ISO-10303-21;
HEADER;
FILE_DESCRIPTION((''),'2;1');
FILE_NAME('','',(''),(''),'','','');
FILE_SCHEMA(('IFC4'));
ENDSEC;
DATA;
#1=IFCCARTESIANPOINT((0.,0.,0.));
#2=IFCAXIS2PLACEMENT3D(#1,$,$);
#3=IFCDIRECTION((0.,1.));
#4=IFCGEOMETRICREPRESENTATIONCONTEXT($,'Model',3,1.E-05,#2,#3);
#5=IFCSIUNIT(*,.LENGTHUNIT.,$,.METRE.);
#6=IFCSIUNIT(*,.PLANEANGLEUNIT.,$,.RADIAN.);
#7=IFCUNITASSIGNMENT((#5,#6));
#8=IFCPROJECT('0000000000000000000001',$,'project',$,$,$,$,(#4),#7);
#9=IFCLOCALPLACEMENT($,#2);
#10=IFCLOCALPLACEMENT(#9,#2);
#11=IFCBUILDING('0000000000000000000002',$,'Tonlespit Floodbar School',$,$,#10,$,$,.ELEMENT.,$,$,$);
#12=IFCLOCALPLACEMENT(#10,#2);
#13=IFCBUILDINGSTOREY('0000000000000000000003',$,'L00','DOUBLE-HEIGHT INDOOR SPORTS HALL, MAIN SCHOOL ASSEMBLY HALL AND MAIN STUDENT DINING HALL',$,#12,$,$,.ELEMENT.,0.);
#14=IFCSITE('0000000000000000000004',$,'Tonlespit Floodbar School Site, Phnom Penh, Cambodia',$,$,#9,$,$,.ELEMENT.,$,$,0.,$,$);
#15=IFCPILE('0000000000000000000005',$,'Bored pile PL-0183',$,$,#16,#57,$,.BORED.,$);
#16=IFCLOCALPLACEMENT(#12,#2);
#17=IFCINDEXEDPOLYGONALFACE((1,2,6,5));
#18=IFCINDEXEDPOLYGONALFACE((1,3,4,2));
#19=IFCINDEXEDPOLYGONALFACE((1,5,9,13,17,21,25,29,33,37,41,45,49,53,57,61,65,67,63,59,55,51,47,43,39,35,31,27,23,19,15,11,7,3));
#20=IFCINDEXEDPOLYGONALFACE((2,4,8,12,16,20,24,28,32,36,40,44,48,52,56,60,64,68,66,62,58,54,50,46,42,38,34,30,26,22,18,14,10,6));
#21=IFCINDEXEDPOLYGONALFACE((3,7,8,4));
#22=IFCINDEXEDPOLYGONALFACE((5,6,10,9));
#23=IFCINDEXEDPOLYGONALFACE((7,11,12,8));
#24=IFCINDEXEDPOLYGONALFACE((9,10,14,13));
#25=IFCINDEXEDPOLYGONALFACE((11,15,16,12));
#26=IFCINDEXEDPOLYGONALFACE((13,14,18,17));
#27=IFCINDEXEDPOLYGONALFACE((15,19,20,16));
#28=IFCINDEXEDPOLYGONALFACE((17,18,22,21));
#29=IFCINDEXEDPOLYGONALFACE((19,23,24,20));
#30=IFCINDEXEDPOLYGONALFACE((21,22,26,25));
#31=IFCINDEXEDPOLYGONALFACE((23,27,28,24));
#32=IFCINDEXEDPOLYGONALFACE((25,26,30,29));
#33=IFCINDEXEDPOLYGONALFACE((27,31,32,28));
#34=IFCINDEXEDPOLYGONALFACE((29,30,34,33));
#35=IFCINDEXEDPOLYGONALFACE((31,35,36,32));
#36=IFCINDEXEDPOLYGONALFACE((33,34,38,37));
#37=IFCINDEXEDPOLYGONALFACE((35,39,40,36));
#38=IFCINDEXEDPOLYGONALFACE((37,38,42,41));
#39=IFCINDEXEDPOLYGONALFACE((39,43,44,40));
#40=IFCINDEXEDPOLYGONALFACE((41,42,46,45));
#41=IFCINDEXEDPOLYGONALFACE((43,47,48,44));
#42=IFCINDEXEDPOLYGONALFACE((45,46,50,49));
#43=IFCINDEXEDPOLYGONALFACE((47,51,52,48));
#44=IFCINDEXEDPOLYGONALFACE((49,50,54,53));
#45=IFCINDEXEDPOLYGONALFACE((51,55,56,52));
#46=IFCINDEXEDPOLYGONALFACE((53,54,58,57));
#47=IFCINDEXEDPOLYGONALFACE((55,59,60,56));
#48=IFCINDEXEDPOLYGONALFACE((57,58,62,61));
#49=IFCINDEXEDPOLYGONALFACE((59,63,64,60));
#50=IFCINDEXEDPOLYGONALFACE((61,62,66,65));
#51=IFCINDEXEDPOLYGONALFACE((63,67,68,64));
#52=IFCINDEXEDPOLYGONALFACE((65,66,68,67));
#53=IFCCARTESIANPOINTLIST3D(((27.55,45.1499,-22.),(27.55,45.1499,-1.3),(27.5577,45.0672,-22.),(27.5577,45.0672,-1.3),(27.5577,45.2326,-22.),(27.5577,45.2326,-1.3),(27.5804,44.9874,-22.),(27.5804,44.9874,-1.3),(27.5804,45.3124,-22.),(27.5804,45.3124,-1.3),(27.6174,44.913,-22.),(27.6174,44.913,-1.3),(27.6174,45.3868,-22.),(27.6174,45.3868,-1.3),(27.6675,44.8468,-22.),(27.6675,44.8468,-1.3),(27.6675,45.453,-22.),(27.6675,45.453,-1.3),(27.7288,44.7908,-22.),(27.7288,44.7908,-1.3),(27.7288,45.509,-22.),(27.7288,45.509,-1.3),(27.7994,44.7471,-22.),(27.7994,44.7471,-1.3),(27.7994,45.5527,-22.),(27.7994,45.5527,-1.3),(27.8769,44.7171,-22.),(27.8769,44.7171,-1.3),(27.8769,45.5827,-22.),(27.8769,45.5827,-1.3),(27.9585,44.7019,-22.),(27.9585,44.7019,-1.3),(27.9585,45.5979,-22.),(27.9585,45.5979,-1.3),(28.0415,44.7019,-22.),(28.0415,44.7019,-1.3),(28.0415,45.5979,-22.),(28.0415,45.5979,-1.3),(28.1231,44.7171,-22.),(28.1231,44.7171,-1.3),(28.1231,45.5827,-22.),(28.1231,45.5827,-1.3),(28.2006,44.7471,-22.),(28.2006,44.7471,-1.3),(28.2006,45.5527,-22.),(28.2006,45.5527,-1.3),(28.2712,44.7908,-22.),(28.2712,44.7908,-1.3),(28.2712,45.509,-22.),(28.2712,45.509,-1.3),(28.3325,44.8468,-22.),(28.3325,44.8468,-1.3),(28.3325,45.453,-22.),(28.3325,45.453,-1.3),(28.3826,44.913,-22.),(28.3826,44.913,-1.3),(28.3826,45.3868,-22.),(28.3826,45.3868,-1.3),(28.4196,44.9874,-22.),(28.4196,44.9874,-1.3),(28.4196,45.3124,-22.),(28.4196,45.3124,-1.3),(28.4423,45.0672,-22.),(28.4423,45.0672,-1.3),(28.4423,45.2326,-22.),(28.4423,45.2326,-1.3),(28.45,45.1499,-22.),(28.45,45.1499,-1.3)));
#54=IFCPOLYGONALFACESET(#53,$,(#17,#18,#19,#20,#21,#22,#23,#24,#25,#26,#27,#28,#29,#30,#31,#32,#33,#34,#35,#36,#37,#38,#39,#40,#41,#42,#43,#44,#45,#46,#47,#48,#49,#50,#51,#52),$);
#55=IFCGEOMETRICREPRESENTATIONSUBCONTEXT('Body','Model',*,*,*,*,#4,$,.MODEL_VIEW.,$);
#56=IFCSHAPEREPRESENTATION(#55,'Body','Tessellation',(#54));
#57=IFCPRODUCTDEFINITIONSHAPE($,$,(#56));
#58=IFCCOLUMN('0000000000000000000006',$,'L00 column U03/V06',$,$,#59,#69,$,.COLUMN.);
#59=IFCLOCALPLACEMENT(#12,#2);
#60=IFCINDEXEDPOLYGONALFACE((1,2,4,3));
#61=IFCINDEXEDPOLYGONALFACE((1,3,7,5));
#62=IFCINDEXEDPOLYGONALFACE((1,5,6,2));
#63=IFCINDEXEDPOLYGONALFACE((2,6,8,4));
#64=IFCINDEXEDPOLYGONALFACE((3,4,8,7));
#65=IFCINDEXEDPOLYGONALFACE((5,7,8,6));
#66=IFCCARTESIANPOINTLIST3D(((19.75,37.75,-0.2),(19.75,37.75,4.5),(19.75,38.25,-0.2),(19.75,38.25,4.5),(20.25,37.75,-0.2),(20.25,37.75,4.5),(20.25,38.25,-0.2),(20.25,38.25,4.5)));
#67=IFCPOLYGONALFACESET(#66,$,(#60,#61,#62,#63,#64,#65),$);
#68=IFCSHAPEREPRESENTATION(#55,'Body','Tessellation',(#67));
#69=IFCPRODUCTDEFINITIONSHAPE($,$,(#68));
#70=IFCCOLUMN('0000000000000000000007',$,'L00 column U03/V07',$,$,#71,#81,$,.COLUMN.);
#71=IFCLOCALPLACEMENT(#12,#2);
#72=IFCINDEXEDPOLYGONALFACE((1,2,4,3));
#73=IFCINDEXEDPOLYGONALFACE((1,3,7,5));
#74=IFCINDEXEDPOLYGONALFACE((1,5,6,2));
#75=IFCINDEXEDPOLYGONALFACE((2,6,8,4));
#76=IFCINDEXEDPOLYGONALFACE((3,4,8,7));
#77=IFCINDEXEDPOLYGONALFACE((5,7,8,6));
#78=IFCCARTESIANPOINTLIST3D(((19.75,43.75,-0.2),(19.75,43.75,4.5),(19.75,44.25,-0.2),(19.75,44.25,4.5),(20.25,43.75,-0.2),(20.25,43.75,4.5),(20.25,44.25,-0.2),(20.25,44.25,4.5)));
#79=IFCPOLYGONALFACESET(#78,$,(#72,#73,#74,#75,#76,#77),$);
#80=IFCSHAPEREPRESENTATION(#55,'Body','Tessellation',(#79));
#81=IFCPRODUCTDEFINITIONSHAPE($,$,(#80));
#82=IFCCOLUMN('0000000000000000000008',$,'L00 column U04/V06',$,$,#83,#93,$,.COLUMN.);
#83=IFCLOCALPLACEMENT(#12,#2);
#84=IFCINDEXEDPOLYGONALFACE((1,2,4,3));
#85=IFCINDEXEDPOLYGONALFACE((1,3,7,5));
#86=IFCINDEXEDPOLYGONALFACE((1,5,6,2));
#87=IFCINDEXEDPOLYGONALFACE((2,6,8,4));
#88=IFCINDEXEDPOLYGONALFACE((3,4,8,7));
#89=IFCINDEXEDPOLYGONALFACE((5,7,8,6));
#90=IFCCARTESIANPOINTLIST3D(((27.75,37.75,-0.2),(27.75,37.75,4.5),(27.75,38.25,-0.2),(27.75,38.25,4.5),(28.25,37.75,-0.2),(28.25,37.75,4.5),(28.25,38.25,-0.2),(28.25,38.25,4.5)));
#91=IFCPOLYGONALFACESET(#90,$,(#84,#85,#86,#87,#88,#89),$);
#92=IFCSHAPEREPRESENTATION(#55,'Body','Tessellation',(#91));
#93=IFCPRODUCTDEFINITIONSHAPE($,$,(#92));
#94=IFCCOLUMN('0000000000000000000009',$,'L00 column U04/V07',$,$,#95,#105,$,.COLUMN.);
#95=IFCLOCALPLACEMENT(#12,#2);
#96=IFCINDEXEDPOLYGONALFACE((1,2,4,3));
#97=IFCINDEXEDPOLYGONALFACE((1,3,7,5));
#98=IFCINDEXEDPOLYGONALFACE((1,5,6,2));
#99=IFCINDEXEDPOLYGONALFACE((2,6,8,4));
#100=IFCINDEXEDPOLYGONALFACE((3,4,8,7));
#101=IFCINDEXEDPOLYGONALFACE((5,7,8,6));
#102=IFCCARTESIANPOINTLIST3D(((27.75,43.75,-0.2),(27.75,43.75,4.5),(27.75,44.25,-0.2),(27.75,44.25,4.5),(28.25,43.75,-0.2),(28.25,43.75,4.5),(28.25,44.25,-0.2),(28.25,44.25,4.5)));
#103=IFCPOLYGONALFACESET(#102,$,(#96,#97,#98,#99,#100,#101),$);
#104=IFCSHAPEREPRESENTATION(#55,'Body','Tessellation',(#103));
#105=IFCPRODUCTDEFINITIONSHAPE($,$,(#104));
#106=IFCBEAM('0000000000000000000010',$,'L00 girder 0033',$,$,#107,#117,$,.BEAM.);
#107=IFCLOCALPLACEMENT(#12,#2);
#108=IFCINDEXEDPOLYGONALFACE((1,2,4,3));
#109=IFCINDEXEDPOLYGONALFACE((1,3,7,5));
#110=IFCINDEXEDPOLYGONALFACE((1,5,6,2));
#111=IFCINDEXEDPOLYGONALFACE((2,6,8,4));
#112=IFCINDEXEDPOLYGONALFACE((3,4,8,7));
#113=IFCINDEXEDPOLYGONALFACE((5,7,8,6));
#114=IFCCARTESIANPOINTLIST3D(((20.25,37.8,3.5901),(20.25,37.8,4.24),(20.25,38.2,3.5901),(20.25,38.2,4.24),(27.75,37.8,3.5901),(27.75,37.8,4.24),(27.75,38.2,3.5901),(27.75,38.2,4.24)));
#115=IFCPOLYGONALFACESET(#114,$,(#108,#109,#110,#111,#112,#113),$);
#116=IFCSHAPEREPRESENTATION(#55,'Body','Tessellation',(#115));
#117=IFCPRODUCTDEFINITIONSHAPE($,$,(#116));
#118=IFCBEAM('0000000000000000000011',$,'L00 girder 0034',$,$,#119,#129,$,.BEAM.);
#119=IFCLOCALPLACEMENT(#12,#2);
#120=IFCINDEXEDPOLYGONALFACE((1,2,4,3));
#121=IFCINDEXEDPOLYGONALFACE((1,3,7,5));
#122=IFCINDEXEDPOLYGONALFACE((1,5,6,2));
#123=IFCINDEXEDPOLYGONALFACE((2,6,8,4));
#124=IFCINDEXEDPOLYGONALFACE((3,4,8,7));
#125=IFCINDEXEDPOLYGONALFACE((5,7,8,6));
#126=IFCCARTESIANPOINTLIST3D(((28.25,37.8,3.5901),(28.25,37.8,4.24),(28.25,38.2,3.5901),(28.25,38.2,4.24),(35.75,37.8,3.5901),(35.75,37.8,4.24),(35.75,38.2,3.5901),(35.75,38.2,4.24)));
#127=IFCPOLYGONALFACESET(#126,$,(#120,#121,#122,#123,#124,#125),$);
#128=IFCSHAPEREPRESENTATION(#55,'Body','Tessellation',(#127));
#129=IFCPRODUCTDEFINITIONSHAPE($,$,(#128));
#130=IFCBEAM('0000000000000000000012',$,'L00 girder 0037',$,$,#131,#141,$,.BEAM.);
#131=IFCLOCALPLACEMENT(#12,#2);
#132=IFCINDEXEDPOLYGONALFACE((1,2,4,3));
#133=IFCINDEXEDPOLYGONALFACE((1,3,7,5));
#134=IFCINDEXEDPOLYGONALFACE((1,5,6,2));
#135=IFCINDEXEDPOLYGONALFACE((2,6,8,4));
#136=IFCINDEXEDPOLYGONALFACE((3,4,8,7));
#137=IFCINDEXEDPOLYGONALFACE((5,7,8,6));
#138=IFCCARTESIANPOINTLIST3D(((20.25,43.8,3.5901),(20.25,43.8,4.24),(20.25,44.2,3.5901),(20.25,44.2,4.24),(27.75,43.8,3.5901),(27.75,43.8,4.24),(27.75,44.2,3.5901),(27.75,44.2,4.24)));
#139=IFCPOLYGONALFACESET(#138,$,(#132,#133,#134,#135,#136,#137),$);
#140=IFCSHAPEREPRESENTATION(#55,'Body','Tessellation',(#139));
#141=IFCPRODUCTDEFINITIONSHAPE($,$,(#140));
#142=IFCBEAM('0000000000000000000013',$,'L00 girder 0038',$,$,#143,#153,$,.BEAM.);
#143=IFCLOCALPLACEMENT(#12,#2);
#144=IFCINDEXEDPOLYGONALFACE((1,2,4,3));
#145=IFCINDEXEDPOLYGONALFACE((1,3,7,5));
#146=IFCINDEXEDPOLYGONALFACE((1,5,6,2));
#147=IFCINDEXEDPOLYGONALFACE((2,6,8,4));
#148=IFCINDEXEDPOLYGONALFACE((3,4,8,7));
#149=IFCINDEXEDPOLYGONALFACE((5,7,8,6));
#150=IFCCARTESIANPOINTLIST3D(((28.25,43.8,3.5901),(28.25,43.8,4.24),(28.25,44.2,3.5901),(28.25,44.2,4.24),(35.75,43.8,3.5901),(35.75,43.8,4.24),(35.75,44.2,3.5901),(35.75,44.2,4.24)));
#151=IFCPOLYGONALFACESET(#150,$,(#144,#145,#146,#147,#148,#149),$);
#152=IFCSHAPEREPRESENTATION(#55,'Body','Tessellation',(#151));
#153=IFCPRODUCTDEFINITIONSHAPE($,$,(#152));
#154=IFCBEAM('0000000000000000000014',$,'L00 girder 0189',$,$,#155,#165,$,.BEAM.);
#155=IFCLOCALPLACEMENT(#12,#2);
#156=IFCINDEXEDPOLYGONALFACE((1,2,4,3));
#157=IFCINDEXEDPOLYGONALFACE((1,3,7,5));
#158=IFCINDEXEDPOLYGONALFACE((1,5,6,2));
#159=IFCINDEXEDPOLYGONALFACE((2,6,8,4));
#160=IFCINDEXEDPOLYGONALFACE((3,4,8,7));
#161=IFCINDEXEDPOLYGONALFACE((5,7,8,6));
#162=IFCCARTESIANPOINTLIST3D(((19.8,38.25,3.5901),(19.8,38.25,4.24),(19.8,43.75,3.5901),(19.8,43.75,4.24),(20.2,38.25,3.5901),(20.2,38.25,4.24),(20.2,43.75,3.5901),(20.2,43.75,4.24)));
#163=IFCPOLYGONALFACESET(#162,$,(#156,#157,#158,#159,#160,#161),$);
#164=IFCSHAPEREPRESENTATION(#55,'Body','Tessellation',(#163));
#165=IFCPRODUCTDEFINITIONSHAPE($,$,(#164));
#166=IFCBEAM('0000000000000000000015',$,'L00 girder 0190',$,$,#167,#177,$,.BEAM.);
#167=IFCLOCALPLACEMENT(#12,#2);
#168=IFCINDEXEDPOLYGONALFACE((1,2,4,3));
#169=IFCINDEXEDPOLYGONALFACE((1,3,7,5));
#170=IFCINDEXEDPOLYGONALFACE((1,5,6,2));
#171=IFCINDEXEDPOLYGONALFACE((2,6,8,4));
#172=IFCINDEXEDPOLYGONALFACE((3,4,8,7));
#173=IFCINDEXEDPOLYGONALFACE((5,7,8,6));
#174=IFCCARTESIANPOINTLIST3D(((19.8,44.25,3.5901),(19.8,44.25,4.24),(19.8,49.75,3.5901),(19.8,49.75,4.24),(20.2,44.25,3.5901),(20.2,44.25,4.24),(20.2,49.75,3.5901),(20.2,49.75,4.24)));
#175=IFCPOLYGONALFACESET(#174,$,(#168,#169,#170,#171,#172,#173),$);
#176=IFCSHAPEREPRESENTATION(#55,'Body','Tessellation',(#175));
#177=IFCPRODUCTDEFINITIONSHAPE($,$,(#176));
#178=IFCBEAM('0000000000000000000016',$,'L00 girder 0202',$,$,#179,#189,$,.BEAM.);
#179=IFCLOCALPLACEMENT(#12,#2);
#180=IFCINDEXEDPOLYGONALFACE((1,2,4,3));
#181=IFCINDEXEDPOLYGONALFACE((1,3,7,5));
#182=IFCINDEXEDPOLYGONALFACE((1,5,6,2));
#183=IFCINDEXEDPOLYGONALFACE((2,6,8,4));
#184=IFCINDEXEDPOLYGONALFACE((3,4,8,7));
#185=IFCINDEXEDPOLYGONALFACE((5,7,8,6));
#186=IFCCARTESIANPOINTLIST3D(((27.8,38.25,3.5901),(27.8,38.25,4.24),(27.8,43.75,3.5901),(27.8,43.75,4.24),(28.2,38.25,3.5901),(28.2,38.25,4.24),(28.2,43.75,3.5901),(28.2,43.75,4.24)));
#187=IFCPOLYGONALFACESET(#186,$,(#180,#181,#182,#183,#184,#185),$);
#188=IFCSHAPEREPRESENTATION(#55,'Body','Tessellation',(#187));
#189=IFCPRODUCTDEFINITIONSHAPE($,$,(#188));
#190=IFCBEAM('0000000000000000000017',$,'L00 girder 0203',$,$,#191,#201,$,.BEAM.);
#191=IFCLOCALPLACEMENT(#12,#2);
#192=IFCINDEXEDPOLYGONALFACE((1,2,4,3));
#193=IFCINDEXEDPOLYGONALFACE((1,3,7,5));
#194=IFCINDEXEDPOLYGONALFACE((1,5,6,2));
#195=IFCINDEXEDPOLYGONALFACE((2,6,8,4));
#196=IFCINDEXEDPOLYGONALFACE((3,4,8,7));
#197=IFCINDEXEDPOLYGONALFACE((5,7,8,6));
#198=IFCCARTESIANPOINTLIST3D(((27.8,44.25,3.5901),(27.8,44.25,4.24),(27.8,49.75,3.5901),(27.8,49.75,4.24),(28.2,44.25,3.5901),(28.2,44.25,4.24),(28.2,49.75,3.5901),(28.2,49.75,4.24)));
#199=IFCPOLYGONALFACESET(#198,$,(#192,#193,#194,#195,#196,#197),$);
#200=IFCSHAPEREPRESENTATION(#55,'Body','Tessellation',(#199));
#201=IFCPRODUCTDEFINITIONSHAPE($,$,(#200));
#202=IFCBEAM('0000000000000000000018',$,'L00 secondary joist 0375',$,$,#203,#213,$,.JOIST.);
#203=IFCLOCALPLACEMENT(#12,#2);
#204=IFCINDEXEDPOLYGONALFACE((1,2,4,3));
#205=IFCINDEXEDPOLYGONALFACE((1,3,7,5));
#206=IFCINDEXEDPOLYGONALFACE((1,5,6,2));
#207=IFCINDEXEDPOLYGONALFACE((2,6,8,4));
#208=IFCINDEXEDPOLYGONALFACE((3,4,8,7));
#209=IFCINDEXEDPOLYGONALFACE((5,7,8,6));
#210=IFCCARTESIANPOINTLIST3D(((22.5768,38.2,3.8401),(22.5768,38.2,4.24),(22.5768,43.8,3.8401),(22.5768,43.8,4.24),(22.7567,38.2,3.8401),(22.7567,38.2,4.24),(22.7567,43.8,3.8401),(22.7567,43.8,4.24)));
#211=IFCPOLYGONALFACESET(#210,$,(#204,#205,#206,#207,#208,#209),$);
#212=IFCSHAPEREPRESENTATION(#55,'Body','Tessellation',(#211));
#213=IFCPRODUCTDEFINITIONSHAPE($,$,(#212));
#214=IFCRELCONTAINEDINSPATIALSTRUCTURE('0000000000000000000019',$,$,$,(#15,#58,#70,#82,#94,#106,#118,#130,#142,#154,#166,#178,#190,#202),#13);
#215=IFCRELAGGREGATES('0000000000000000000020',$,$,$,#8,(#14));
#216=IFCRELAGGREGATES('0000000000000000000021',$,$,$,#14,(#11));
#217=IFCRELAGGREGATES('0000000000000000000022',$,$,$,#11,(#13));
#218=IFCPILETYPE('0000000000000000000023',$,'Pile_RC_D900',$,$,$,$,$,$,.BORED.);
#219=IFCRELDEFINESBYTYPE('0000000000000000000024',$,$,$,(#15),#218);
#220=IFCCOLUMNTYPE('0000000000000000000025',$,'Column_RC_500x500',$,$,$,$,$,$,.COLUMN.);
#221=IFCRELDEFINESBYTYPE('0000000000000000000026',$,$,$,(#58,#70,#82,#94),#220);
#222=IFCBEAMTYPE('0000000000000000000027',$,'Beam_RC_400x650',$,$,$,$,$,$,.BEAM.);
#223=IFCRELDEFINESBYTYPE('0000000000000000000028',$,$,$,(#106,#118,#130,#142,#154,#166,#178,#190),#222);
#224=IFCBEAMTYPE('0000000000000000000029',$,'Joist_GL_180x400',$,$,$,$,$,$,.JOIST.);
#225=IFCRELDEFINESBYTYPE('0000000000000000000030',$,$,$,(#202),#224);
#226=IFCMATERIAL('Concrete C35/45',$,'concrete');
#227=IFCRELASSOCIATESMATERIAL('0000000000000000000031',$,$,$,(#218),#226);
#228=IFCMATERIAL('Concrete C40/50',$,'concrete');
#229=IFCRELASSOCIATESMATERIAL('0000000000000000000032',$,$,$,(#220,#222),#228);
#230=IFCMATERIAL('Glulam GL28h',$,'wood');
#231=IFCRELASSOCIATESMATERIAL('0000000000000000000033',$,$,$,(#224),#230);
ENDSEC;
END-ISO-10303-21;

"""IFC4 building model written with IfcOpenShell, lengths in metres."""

from ifc_helpers import new_model, si_unit, direction, frame, origin, origin_2d, place, context, subcontext, project, spatial, rectangle, circle, extrude, material, material_profile, profile_set, type_object, element, save


model = new_model("IFC4")

# Units and contexts
model_context = context("Model", 3, precision=1e-05, world=origin(), true_north=direction((0.0, 1.0)))
body_context = subcontext(model_context, "Body", "Model", "MODEL_VIEW")
ifc_project = project(units=[si_unit("LENGTHUNIT", "METRE"), si_unit("PLANEANGLEUNIT", "RADIAN")], contexts=[model_context])

# Site, building, storey
site_placement = place(None, origin())
site = spatial("IfcSite", under=ifc_project, at=site_placement, Name="Tonlespit Floodbar School Site, Phnom Penh, Cambodia", CompositionType="ELEMENT", RefElevation=0.0)
building_placement = place(site_placement, origin())
building = spatial("IfcBuilding", under=site, at=building_placement, Name="Tonlespit Floodbar School", CompositionType="ELEMENT")
storey_placement = place(building_placement, origin())
storey = spatial("IfcBuildingStorey", under=building, at=storey_placement, Name="L00", Description="DOUBLE-HEIGHT INDOOR SPORTS HALL, MAIN SCHOOL ASSEMBLY HALL AND MAIN STUDENT DINING HALL", CompositionType="ELEMENT", Elevation=0.0)

# Shared definitions
ifc_material_1 = material(Name="Concrete C40/50", Category="concrete")

# Pile
ifc_material_2 = material(Name="Concrete C35/45", Category="concrete")
ifc_material_profile_1 = material_profile(ifc_material_2, circle(Radius=0.45, at=origin_2d()), Name="BP D900")
ifc_profile_set_1 = profile_set([ifc_material_profile_1], Name="Concrete C35/45")
pile_type = type_object("IfcPileType", Name="Pile_RC_D900", PredefinedType="BORED", material=ifc_profile_set_1)
for number, where, z_axis, x_axis, name in (
    (1, (28.0, 45.1499, -1.3), (0.0, 0.0, -1.0), (1.0, 0.0, 0.0), "Bored pile PL-0183"),
):
    element("IfcPile", number, at=place(storey_placement, frame(where, z_axis=z_axis, x_axis=x_axis)), inside=storey, type_object=pile_type, Name=name, PredefinedType="BORED", context=body_context, shape_type="SweptSolid", body=[
        extrude(circle(Radius=0.45, at=origin_2d()), origin(), (0.0, 0.0, 1.0), 20.7),
    ])

# Columns
ifc_material_profile_2 = material_profile(ifc_material_1, rectangle(XDim=0.5, YDim=0.5, at=origin_2d()), Name="RC 500x500")
ifc_profile_set_2 = profile_set([ifc_material_profile_2], Name="Concrete C40/50")
column_type = type_object("IfcColumnType", Name="Column_RC_500x500", PredefinedType="COLUMN", material=ifc_profile_set_2)
for number, where, z_axis, x_axis, name in (
    (2, (20.0, 38.0, -0.2), (0.0, 0.0, 1.0), (1.0, 0.0, 0.0), "L00 column U03/V06"),
    (3, (20.0, 44.0, -0.2), (0.0, 0.0, 1.0), (1.0, 0.0, 0.0), "L00 column U03/V07"),
    (4, (28.0, 38.0, -0.2), (0.0, 0.0, 1.0), (1.0, 0.0, 0.0), "L00 column U04/V06"),
    (5, (28.0, 44.0, -0.2), (0.0, 0.0, 1.0), (1.0, 0.0, 0.0), "L00 column U04/V07"),
):
    element("IfcColumn", number, at=place(storey_placement, frame(where, z_axis=z_axis, x_axis=x_axis)), inside=storey, type_object=column_type, Name=name, PredefinedType="COLUMN", context=body_context, shape_type="SweptSolid", body=[
        extrude(rectangle(XDim=0.5, YDim=0.5, at=origin_2d()), origin(), (0.0, 0.0, 1.0), 4.7),
    ])

# Beams
ifc_material_profile_3 = material_profile(ifc_material_1, rectangle(XDim=0.3999, YDim=0.6499, at=origin_2d()), Name="RC 400x650")
ifc_profile_set_3 = profile_set([ifc_material_profile_3], Name="Concrete C40/50")
beam_type_1 = type_object("IfcBeamType", Name="Beam_RC_400x650", PredefinedType="BEAM", material=ifc_profile_set_3)
for number, where, z_axis, x_axis, name in (
    (6, (20.25, 38.0, 3.915), (1.0, 0.0, 0.0), (0.0, 1.0, 0.0), "L00 girder 0033"),
    (7, (28.25, 38.0, 3.915), (1.0, 0.0, 0.0), (0.0, 1.0, 0.0), "L00 girder 0034"),
    (8, (20.25, 44.0, 3.915), (1.0, 0.0, 0.0), (0.0, 1.0, 0.0), "L00 girder 0037"),
    (9, (28.25, 44.0, 3.915), (1.0, 0.0, 0.0), (0.0, 1.0, 0.0), "L00 girder 0038"),
):
    element("IfcBeam", number, at=place(storey_placement, frame(where, z_axis=z_axis, x_axis=x_axis)), inside=storey, type_object=beam_type_1, Name=name, PredefinedType="BEAM", context=body_context, shape_type="SweptSolid", body=[
        extrude(rectangle(XDim=0.3999, YDim=0.6499, at=origin_2d()), origin(), (0.0, 0.0, 1.0), 7.5),
    ])
for number, where, z_axis, x_axis, name in (
    (10, (20.0, 38.25, 3.915), (0.0, 1.0, 0.0), (-1.0, 0.0, 0.0), "L00 girder 0189"),
    (11, (20.0, 44.25, 3.915), (0.0, 1.0, 0.0), (-1.0, 0.0, 0.0), "L00 girder 0190"),
    (12, (28.0, 38.25, 3.915), (0.0, 1.0, 0.0), (-1.0, 0.0, 0.0), "L00 girder 0202"),
    (13, (28.0, 44.25, 3.915), (0.0, 1.0, 0.0), (-1.0, 0.0, 0.0), "L00 girder 0203"),
):
    element("IfcBeam", number, at=place(storey_placement, frame(where, z_axis=z_axis, x_axis=x_axis)), inside=storey, type_object=beam_type_1, Name=name, PredefinedType="BEAM", context=body_context, shape_type="SweptSolid", body=[
        extrude(rectangle(XDim=0.3999, YDim=0.6499, at=origin_2d()), origin(), (0.0, 0.0, 1.0), 5.5),
    ])
ifc_material_3 = material(Name="Glulam GL28h", Category="wood")
ifc_material_profile_4 = material_profile(ifc_material_3, rectangle(XDim=0.1799, YDim=0.3999, at=origin_2d()), Name="GL 180x400")
ifc_profile_set_4 = profile_set([ifc_material_profile_4], Name="Glulam GL28h")
beam_type_2 = type_object("IfcBeamType", Name="Joist_GL_180x400", PredefinedType="JOIST", material=ifc_profile_set_4)
for number, where, z_axis, x_axis, name in (
    (14, (22.6667, 38.2, 4.04), (0.0, 1.0, 0.0), (-1.0, 0.0, 0.0), "L00 secondary joist 0375"),
):
    element("IfcBeam", number, at=place(storey_placement, frame(where, z_axis=z_axis, x_axis=x_axis)), inside=storey, type_object=beam_type_2, Name=name, PredefinedType="JOIST", context=body_context, shape_type="SweptSolid", body=[
        extrude(rectangle(XDim=0.1799, YDim=0.3999, at=origin_2d()), origin(), (0.0, 0.0, 1.0), 5.6001),
    ])

save(model, "model.ifc")
